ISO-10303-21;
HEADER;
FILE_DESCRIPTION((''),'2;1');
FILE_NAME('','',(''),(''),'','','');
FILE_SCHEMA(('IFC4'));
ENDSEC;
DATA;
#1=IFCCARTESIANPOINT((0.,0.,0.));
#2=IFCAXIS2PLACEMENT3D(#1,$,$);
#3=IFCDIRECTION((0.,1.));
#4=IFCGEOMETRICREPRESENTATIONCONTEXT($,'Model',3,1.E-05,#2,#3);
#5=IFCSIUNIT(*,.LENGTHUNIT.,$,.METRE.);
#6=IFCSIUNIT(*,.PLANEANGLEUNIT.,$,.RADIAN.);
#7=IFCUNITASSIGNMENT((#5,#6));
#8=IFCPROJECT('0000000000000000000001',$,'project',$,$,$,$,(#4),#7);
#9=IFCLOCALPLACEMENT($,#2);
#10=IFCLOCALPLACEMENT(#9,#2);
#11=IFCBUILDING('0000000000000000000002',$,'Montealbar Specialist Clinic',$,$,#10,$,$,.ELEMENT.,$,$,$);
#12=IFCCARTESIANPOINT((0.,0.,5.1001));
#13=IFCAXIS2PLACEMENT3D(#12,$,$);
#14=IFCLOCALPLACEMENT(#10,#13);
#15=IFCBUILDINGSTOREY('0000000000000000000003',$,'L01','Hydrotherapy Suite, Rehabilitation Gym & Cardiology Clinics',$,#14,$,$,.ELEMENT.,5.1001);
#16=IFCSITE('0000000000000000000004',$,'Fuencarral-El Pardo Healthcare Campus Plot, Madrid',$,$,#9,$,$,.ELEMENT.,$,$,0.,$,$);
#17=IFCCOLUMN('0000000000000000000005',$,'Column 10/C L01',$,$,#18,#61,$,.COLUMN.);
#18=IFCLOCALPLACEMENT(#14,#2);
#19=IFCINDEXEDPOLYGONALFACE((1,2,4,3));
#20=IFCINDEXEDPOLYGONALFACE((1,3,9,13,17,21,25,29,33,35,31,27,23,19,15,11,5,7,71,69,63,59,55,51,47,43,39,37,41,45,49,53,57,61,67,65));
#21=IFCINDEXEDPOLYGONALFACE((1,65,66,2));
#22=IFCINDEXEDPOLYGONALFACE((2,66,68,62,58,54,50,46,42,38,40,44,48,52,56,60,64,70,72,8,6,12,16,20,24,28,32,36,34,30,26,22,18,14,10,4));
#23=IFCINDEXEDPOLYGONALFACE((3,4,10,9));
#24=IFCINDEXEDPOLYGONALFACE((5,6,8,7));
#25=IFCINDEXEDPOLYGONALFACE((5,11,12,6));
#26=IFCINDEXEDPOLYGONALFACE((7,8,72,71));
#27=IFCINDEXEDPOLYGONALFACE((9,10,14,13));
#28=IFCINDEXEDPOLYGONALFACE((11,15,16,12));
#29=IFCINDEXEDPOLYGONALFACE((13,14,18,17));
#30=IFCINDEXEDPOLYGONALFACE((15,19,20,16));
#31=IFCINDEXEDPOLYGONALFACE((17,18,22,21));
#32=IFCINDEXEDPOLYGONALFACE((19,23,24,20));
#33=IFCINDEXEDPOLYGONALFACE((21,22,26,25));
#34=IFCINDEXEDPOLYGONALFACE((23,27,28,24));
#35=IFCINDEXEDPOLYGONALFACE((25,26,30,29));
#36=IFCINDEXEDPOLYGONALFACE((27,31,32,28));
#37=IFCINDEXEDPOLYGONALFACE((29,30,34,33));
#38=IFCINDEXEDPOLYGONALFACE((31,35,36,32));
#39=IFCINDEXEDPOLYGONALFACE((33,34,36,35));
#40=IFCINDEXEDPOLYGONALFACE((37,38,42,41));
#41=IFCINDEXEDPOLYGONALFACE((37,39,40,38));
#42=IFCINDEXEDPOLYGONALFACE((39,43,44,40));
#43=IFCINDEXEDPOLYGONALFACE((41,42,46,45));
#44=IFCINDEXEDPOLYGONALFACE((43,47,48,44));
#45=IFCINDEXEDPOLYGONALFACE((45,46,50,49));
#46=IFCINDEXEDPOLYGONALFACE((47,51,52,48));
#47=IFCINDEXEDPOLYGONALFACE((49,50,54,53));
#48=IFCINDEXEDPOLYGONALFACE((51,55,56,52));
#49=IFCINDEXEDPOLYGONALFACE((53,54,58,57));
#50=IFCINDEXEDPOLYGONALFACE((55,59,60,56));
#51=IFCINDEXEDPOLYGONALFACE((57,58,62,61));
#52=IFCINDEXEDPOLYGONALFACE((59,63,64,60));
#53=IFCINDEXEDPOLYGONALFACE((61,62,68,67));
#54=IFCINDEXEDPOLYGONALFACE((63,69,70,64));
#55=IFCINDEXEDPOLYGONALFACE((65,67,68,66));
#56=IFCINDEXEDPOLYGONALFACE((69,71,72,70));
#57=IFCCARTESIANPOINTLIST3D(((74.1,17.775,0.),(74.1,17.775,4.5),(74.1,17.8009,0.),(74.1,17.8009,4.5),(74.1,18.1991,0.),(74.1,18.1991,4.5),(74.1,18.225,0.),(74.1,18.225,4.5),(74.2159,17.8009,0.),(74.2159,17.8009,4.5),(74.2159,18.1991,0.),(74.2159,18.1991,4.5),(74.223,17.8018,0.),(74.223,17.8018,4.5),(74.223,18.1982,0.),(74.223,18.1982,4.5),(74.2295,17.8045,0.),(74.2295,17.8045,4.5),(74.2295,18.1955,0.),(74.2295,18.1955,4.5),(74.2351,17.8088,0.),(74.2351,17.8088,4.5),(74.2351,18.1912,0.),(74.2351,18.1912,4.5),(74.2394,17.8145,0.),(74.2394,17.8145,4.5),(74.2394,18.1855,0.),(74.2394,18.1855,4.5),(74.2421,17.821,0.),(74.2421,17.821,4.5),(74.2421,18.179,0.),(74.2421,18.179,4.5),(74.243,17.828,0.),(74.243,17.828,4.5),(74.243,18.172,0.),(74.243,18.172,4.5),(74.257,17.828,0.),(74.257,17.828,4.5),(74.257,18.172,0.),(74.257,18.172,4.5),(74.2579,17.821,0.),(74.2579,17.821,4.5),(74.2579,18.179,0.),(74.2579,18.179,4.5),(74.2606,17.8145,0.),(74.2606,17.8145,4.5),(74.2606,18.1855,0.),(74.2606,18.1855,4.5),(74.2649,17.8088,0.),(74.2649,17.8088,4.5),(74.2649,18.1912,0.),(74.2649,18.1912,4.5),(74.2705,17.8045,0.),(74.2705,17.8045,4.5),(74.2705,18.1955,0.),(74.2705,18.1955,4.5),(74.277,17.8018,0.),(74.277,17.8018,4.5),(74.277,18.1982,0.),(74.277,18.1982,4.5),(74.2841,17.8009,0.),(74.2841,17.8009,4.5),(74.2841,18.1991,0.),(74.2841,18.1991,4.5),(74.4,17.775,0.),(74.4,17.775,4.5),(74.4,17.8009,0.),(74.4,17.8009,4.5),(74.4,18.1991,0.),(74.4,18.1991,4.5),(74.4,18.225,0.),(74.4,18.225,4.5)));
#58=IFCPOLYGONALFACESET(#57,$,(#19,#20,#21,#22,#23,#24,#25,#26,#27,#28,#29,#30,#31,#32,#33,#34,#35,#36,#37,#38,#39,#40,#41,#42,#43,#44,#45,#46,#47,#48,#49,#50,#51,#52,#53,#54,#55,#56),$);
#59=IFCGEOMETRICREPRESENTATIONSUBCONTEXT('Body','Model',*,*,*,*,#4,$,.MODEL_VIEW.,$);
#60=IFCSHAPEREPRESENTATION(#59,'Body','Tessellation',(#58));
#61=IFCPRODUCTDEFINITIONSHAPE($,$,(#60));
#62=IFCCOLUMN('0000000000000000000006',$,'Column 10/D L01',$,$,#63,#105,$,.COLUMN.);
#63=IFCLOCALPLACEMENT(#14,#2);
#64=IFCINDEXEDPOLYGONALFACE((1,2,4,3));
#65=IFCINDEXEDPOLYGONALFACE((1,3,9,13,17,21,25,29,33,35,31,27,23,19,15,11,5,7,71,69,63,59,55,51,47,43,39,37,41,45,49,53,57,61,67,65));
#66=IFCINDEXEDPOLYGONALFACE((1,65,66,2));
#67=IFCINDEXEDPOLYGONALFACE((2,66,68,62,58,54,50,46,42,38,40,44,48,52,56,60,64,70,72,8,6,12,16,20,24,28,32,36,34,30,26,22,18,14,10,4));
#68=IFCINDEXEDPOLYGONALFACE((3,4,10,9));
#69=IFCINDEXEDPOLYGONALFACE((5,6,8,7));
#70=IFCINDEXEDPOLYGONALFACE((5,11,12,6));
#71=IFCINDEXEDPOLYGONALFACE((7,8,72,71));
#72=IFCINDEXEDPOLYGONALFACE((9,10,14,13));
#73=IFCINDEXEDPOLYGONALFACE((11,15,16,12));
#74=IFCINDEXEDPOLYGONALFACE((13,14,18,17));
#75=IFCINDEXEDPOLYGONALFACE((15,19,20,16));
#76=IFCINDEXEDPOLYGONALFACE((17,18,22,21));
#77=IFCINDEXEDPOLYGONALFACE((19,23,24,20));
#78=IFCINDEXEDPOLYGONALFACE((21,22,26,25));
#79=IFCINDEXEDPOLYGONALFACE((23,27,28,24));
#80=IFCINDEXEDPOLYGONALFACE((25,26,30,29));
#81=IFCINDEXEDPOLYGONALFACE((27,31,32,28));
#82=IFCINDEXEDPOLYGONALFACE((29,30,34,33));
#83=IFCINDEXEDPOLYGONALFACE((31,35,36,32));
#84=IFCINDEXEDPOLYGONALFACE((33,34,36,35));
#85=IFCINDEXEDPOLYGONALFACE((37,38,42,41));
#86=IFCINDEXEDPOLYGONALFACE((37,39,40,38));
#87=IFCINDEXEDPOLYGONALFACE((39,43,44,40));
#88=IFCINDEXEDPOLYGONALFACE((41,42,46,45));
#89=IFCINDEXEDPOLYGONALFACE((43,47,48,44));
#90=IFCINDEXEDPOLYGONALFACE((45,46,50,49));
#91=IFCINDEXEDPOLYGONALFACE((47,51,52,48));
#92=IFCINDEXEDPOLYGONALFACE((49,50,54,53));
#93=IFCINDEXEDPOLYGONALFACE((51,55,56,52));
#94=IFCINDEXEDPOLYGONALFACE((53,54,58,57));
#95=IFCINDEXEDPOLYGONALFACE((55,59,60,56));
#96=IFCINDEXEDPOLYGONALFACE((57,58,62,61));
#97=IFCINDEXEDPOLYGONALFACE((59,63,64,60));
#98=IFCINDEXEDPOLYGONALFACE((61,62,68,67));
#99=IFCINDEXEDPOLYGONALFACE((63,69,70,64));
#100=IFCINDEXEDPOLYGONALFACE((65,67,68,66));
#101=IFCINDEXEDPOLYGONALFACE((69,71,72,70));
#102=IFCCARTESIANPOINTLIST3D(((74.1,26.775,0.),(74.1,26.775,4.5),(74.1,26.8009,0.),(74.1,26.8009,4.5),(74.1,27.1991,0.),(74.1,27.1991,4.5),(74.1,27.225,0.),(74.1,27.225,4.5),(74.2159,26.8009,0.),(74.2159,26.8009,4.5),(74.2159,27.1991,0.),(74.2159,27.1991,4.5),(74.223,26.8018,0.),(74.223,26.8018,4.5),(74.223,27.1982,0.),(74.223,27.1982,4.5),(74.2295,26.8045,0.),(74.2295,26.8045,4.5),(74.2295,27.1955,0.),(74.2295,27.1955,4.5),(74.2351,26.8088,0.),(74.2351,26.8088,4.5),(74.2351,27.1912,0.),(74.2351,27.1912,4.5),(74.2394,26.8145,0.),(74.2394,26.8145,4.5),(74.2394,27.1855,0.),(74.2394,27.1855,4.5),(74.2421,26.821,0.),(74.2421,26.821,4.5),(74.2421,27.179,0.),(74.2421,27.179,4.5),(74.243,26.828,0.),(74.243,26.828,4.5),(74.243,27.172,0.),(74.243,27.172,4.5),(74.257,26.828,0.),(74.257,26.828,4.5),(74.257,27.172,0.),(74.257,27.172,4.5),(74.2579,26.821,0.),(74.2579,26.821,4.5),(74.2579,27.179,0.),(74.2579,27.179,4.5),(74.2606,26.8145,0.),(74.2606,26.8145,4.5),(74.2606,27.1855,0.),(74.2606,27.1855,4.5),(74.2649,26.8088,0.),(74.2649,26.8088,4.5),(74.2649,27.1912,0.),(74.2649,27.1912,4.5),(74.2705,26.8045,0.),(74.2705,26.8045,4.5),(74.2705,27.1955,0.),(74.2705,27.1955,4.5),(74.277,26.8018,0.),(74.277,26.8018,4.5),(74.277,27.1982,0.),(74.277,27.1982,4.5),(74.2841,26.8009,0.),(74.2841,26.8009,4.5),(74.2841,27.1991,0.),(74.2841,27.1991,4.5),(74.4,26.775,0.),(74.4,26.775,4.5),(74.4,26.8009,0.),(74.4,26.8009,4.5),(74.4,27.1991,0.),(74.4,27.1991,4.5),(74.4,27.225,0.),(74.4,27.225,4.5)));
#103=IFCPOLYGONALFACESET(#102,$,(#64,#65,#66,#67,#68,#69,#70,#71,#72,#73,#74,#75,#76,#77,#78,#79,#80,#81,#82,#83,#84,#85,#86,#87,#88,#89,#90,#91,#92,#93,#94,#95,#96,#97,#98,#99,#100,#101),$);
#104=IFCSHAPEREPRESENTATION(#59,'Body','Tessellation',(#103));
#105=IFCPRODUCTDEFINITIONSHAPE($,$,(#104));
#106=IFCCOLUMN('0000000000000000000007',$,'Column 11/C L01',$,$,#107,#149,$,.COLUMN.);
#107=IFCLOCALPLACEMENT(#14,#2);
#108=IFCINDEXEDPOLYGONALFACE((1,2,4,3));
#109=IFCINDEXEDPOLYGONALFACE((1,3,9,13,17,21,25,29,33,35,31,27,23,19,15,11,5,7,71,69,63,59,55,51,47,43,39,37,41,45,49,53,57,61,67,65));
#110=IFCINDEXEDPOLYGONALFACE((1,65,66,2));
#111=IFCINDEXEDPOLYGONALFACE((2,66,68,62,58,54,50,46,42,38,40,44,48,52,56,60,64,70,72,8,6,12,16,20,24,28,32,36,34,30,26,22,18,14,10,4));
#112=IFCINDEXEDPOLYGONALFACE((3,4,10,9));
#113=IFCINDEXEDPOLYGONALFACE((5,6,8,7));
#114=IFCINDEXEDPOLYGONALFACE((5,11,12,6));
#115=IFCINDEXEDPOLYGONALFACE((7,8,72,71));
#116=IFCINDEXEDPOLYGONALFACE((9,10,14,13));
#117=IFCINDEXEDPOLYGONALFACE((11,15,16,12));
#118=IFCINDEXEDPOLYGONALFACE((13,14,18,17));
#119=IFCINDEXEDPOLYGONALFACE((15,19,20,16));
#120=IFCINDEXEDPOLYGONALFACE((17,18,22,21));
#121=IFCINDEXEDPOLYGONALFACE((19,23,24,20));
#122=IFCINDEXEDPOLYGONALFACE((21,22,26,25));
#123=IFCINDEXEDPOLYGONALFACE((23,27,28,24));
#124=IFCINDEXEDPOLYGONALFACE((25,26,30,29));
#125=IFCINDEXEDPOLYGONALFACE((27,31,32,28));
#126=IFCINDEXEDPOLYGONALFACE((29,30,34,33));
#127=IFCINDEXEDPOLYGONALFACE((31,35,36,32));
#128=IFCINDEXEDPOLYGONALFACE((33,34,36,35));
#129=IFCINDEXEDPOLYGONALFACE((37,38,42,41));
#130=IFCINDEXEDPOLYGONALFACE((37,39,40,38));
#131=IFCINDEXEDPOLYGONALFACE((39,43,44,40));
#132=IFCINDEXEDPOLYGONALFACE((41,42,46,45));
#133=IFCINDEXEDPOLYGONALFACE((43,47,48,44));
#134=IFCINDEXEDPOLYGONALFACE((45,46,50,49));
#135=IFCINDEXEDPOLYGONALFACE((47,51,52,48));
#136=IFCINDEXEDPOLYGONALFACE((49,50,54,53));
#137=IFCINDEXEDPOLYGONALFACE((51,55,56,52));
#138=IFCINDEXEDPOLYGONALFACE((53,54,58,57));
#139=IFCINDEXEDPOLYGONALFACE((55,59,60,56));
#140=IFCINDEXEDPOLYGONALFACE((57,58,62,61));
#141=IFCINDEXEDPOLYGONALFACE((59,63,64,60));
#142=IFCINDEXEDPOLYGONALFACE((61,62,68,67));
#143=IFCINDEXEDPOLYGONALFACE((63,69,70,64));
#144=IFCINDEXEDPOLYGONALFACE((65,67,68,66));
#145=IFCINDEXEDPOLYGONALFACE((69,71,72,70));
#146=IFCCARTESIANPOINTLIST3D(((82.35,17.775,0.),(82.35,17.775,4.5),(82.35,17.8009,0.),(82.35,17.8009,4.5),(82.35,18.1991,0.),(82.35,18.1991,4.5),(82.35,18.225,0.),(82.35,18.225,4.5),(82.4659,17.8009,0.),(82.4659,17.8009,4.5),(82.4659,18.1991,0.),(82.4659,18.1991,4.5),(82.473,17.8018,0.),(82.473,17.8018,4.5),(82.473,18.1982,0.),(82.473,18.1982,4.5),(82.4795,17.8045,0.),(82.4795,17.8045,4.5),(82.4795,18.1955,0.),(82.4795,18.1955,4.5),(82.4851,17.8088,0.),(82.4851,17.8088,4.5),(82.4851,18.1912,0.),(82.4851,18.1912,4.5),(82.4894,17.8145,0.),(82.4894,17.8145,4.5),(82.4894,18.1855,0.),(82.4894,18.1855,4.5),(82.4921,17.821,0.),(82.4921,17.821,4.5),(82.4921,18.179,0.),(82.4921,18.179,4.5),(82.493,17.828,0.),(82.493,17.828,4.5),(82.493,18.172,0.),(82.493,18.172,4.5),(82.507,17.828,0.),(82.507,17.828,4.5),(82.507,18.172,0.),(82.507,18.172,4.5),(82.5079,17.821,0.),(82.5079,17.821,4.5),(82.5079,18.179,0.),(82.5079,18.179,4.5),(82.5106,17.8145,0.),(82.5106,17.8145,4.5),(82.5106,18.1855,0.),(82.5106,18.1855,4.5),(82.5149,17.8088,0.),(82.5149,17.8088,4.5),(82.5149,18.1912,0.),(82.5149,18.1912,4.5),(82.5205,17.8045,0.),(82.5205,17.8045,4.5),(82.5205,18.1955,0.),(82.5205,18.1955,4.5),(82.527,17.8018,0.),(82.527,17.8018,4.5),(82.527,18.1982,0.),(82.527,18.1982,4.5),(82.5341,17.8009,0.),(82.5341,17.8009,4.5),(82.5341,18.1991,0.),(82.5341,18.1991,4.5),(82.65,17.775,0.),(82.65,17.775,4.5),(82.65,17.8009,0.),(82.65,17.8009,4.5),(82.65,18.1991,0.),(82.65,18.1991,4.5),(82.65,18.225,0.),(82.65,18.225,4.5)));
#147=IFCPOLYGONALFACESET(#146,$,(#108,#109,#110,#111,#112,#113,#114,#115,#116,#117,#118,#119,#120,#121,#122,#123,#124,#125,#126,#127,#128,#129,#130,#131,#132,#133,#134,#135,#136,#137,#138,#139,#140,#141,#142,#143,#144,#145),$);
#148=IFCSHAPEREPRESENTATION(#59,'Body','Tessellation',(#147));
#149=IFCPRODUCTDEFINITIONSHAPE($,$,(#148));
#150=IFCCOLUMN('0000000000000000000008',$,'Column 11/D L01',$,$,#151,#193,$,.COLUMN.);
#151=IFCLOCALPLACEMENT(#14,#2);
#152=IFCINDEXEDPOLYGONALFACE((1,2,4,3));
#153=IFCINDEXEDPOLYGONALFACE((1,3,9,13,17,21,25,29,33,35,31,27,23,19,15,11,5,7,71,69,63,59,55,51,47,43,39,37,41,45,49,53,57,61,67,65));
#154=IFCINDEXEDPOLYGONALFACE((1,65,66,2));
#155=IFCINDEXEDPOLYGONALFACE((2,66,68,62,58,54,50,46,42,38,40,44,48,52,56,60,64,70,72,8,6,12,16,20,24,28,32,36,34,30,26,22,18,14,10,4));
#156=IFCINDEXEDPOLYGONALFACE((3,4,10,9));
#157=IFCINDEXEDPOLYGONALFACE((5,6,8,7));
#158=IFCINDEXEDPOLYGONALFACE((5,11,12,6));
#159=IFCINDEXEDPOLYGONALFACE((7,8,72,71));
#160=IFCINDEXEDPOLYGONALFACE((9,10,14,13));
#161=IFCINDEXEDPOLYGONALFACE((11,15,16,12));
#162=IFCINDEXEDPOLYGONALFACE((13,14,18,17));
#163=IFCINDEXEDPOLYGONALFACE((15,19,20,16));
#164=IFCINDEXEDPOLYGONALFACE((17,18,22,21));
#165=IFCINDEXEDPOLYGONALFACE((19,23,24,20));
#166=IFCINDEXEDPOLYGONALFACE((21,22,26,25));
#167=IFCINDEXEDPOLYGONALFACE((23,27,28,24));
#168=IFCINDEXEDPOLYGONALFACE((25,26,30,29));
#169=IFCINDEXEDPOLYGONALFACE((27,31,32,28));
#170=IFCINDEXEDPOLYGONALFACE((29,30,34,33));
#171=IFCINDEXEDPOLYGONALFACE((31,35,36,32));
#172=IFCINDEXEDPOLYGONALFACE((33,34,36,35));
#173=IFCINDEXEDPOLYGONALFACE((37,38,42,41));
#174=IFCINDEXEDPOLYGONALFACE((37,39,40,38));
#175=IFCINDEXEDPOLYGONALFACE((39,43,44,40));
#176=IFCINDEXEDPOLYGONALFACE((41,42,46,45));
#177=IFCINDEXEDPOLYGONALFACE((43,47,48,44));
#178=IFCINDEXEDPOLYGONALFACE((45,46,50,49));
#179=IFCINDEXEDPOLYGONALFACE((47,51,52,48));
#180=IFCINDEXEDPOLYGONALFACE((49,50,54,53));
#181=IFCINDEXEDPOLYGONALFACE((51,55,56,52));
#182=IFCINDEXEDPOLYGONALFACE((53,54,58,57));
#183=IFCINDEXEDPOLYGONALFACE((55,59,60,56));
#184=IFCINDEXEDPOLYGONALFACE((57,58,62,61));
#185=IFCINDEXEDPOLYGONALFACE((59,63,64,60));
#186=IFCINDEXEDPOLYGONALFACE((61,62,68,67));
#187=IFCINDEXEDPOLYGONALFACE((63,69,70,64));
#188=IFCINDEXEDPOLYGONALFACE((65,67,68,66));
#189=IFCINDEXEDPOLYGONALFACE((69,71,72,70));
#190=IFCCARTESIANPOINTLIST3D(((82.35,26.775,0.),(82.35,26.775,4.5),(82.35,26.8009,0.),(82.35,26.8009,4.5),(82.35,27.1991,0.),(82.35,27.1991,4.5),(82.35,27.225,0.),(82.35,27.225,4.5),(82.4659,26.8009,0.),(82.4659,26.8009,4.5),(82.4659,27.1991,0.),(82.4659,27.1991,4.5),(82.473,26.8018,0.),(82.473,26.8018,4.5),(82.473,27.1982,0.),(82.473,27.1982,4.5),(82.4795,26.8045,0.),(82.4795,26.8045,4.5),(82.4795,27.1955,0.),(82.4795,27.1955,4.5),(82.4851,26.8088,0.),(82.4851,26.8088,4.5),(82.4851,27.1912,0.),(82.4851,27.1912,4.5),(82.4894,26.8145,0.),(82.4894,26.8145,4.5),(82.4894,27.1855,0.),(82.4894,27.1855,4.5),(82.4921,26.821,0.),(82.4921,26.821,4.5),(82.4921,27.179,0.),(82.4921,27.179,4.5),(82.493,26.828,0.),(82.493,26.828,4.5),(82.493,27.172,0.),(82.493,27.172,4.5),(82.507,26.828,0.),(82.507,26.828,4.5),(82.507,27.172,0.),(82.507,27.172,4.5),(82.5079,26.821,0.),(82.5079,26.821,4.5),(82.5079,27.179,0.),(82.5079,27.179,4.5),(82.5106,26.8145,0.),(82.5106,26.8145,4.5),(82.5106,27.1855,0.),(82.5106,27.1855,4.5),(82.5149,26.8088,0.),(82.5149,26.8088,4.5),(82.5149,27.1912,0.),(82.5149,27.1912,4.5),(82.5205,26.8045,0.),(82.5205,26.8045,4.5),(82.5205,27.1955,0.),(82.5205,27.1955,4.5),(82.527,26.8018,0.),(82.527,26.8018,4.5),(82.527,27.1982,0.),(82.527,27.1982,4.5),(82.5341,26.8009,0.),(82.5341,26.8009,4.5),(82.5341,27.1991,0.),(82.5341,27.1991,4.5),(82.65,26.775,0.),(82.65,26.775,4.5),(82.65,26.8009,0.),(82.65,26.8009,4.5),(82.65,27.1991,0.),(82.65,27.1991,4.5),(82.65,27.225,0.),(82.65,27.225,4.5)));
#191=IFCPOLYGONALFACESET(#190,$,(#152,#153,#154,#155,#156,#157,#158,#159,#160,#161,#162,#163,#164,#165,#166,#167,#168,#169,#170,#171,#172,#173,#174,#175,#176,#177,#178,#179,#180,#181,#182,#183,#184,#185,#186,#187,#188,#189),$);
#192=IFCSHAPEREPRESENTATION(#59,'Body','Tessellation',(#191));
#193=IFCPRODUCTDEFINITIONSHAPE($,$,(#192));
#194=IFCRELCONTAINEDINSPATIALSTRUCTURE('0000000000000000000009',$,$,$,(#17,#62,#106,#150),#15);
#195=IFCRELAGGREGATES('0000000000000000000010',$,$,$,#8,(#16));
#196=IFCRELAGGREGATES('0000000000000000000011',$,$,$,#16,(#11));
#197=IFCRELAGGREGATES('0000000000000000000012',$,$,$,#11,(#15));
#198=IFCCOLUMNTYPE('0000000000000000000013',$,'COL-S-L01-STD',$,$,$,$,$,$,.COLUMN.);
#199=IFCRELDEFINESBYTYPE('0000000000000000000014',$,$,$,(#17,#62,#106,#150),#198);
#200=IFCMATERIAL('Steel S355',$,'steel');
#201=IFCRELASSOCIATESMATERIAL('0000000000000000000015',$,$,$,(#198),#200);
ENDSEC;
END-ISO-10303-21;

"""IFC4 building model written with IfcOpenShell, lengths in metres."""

from ifc_helpers import new_model, si_unit, direction, frame, origin, origin_2d, place, context, subcontext, project, spatial, i_section, extrude, material, material_profile, profile_set, type_object, element, save


model = new_model("IFC4")

# Units and contexts
model_context = context("Model", 3, precision=1e-05, world=origin(), true_north=direction((0.0, 1.0)))
body_context = subcontext(model_context, "Body", "Model", "MODEL_VIEW")
ifc_project = project(units=[si_unit("LENGTHUNIT", "METRE"), si_unit("PLANEANGLEUNIT", "RADIAN")], contexts=[model_context])

# Site, building, storey
site_placement = place(None, origin())
site = spatial("IfcSite", under=ifc_project, at=site_placement, Name="Fuencarral-El Pardo Healthcare Campus Plot, Madrid", CompositionType="ELEMENT", RefElevation=0.0)
building_placement = place(site_placement, origin())
building = spatial("IfcBuilding", under=site, at=building_placement, Name="Montealbar Specialist Clinic", CompositionType="ELEMENT")
storey_placement = place(building_placement, frame((0.0, 0.0, 5.1001)))
storey = spatial("IfcBuildingStorey", under=building, at=storey_placement, Name="L01", Description="Hydrotherapy Suite, Rehabilitation Gym & Cardiology Clinics", CompositionType="ELEMENT", Elevation=5.1001)

# Columns
ifc_material_1 = material(Name="Steel S355", Category="steel")
ifc_material_profile_1 = material_profile(ifc_material_1, i_section(OverallWidth=0.3, OverallDepth=0.45, WebThickness=0.0139, FlangeThickness=0.0259, FilletRadius=0.0271, at=origin_2d()), Name="HEB 450", Category="steel")
ifc_profile_set_1 = profile_set([ifc_material_profile_1], Name="Steel S355")
column_type = type_object("IfcColumnType", Name="COL-S-L01-STD", PredefinedType="COLUMN", material=ifc_profile_set_1)
for number, where, z_axis, x_axis, name in (
    (1, (74.25, 18.0, 0.0), (0.0, 0.0, 1.0), (1.0, 0.0, 0.0), "Column 10/C L01"),
    (2, (74.25, 27.0, 0.0), (0.0, 0.0, 1.0), (1.0, 0.0, 0.0), "Column 10/D L01"),
    (3, (82.5, 18.0, 0.0), (0.0, 0.0, 1.0), (1.0, 0.0, 0.0), "Column 11/C L01"),
    (4, (82.5, 27.0, 0.0), (0.0, 0.0, 1.0), (1.0, 0.0, 0.0), "Column 11/D L01"),
):
    element("IfcColumn", number, at=place(storey_placement, frame(where, z_axis=z_axis, x_axis=x_axis)), inside=storey, type_object=column_type, Name=name, PredefinedType="COLUMN", context=body_context, shape_type="SweptSolid", body=[
        extrude(i_section(OverallWidth=0.3, OverallDepth=0.45, WebThickness=0.0139, FlangeThickness=0.0259, FilletRadius=0.0271, at=origin_2d()), origin(), (0.0, 0.0, 1.0), 4.5),
    ])

save(model, "model.ifc")
